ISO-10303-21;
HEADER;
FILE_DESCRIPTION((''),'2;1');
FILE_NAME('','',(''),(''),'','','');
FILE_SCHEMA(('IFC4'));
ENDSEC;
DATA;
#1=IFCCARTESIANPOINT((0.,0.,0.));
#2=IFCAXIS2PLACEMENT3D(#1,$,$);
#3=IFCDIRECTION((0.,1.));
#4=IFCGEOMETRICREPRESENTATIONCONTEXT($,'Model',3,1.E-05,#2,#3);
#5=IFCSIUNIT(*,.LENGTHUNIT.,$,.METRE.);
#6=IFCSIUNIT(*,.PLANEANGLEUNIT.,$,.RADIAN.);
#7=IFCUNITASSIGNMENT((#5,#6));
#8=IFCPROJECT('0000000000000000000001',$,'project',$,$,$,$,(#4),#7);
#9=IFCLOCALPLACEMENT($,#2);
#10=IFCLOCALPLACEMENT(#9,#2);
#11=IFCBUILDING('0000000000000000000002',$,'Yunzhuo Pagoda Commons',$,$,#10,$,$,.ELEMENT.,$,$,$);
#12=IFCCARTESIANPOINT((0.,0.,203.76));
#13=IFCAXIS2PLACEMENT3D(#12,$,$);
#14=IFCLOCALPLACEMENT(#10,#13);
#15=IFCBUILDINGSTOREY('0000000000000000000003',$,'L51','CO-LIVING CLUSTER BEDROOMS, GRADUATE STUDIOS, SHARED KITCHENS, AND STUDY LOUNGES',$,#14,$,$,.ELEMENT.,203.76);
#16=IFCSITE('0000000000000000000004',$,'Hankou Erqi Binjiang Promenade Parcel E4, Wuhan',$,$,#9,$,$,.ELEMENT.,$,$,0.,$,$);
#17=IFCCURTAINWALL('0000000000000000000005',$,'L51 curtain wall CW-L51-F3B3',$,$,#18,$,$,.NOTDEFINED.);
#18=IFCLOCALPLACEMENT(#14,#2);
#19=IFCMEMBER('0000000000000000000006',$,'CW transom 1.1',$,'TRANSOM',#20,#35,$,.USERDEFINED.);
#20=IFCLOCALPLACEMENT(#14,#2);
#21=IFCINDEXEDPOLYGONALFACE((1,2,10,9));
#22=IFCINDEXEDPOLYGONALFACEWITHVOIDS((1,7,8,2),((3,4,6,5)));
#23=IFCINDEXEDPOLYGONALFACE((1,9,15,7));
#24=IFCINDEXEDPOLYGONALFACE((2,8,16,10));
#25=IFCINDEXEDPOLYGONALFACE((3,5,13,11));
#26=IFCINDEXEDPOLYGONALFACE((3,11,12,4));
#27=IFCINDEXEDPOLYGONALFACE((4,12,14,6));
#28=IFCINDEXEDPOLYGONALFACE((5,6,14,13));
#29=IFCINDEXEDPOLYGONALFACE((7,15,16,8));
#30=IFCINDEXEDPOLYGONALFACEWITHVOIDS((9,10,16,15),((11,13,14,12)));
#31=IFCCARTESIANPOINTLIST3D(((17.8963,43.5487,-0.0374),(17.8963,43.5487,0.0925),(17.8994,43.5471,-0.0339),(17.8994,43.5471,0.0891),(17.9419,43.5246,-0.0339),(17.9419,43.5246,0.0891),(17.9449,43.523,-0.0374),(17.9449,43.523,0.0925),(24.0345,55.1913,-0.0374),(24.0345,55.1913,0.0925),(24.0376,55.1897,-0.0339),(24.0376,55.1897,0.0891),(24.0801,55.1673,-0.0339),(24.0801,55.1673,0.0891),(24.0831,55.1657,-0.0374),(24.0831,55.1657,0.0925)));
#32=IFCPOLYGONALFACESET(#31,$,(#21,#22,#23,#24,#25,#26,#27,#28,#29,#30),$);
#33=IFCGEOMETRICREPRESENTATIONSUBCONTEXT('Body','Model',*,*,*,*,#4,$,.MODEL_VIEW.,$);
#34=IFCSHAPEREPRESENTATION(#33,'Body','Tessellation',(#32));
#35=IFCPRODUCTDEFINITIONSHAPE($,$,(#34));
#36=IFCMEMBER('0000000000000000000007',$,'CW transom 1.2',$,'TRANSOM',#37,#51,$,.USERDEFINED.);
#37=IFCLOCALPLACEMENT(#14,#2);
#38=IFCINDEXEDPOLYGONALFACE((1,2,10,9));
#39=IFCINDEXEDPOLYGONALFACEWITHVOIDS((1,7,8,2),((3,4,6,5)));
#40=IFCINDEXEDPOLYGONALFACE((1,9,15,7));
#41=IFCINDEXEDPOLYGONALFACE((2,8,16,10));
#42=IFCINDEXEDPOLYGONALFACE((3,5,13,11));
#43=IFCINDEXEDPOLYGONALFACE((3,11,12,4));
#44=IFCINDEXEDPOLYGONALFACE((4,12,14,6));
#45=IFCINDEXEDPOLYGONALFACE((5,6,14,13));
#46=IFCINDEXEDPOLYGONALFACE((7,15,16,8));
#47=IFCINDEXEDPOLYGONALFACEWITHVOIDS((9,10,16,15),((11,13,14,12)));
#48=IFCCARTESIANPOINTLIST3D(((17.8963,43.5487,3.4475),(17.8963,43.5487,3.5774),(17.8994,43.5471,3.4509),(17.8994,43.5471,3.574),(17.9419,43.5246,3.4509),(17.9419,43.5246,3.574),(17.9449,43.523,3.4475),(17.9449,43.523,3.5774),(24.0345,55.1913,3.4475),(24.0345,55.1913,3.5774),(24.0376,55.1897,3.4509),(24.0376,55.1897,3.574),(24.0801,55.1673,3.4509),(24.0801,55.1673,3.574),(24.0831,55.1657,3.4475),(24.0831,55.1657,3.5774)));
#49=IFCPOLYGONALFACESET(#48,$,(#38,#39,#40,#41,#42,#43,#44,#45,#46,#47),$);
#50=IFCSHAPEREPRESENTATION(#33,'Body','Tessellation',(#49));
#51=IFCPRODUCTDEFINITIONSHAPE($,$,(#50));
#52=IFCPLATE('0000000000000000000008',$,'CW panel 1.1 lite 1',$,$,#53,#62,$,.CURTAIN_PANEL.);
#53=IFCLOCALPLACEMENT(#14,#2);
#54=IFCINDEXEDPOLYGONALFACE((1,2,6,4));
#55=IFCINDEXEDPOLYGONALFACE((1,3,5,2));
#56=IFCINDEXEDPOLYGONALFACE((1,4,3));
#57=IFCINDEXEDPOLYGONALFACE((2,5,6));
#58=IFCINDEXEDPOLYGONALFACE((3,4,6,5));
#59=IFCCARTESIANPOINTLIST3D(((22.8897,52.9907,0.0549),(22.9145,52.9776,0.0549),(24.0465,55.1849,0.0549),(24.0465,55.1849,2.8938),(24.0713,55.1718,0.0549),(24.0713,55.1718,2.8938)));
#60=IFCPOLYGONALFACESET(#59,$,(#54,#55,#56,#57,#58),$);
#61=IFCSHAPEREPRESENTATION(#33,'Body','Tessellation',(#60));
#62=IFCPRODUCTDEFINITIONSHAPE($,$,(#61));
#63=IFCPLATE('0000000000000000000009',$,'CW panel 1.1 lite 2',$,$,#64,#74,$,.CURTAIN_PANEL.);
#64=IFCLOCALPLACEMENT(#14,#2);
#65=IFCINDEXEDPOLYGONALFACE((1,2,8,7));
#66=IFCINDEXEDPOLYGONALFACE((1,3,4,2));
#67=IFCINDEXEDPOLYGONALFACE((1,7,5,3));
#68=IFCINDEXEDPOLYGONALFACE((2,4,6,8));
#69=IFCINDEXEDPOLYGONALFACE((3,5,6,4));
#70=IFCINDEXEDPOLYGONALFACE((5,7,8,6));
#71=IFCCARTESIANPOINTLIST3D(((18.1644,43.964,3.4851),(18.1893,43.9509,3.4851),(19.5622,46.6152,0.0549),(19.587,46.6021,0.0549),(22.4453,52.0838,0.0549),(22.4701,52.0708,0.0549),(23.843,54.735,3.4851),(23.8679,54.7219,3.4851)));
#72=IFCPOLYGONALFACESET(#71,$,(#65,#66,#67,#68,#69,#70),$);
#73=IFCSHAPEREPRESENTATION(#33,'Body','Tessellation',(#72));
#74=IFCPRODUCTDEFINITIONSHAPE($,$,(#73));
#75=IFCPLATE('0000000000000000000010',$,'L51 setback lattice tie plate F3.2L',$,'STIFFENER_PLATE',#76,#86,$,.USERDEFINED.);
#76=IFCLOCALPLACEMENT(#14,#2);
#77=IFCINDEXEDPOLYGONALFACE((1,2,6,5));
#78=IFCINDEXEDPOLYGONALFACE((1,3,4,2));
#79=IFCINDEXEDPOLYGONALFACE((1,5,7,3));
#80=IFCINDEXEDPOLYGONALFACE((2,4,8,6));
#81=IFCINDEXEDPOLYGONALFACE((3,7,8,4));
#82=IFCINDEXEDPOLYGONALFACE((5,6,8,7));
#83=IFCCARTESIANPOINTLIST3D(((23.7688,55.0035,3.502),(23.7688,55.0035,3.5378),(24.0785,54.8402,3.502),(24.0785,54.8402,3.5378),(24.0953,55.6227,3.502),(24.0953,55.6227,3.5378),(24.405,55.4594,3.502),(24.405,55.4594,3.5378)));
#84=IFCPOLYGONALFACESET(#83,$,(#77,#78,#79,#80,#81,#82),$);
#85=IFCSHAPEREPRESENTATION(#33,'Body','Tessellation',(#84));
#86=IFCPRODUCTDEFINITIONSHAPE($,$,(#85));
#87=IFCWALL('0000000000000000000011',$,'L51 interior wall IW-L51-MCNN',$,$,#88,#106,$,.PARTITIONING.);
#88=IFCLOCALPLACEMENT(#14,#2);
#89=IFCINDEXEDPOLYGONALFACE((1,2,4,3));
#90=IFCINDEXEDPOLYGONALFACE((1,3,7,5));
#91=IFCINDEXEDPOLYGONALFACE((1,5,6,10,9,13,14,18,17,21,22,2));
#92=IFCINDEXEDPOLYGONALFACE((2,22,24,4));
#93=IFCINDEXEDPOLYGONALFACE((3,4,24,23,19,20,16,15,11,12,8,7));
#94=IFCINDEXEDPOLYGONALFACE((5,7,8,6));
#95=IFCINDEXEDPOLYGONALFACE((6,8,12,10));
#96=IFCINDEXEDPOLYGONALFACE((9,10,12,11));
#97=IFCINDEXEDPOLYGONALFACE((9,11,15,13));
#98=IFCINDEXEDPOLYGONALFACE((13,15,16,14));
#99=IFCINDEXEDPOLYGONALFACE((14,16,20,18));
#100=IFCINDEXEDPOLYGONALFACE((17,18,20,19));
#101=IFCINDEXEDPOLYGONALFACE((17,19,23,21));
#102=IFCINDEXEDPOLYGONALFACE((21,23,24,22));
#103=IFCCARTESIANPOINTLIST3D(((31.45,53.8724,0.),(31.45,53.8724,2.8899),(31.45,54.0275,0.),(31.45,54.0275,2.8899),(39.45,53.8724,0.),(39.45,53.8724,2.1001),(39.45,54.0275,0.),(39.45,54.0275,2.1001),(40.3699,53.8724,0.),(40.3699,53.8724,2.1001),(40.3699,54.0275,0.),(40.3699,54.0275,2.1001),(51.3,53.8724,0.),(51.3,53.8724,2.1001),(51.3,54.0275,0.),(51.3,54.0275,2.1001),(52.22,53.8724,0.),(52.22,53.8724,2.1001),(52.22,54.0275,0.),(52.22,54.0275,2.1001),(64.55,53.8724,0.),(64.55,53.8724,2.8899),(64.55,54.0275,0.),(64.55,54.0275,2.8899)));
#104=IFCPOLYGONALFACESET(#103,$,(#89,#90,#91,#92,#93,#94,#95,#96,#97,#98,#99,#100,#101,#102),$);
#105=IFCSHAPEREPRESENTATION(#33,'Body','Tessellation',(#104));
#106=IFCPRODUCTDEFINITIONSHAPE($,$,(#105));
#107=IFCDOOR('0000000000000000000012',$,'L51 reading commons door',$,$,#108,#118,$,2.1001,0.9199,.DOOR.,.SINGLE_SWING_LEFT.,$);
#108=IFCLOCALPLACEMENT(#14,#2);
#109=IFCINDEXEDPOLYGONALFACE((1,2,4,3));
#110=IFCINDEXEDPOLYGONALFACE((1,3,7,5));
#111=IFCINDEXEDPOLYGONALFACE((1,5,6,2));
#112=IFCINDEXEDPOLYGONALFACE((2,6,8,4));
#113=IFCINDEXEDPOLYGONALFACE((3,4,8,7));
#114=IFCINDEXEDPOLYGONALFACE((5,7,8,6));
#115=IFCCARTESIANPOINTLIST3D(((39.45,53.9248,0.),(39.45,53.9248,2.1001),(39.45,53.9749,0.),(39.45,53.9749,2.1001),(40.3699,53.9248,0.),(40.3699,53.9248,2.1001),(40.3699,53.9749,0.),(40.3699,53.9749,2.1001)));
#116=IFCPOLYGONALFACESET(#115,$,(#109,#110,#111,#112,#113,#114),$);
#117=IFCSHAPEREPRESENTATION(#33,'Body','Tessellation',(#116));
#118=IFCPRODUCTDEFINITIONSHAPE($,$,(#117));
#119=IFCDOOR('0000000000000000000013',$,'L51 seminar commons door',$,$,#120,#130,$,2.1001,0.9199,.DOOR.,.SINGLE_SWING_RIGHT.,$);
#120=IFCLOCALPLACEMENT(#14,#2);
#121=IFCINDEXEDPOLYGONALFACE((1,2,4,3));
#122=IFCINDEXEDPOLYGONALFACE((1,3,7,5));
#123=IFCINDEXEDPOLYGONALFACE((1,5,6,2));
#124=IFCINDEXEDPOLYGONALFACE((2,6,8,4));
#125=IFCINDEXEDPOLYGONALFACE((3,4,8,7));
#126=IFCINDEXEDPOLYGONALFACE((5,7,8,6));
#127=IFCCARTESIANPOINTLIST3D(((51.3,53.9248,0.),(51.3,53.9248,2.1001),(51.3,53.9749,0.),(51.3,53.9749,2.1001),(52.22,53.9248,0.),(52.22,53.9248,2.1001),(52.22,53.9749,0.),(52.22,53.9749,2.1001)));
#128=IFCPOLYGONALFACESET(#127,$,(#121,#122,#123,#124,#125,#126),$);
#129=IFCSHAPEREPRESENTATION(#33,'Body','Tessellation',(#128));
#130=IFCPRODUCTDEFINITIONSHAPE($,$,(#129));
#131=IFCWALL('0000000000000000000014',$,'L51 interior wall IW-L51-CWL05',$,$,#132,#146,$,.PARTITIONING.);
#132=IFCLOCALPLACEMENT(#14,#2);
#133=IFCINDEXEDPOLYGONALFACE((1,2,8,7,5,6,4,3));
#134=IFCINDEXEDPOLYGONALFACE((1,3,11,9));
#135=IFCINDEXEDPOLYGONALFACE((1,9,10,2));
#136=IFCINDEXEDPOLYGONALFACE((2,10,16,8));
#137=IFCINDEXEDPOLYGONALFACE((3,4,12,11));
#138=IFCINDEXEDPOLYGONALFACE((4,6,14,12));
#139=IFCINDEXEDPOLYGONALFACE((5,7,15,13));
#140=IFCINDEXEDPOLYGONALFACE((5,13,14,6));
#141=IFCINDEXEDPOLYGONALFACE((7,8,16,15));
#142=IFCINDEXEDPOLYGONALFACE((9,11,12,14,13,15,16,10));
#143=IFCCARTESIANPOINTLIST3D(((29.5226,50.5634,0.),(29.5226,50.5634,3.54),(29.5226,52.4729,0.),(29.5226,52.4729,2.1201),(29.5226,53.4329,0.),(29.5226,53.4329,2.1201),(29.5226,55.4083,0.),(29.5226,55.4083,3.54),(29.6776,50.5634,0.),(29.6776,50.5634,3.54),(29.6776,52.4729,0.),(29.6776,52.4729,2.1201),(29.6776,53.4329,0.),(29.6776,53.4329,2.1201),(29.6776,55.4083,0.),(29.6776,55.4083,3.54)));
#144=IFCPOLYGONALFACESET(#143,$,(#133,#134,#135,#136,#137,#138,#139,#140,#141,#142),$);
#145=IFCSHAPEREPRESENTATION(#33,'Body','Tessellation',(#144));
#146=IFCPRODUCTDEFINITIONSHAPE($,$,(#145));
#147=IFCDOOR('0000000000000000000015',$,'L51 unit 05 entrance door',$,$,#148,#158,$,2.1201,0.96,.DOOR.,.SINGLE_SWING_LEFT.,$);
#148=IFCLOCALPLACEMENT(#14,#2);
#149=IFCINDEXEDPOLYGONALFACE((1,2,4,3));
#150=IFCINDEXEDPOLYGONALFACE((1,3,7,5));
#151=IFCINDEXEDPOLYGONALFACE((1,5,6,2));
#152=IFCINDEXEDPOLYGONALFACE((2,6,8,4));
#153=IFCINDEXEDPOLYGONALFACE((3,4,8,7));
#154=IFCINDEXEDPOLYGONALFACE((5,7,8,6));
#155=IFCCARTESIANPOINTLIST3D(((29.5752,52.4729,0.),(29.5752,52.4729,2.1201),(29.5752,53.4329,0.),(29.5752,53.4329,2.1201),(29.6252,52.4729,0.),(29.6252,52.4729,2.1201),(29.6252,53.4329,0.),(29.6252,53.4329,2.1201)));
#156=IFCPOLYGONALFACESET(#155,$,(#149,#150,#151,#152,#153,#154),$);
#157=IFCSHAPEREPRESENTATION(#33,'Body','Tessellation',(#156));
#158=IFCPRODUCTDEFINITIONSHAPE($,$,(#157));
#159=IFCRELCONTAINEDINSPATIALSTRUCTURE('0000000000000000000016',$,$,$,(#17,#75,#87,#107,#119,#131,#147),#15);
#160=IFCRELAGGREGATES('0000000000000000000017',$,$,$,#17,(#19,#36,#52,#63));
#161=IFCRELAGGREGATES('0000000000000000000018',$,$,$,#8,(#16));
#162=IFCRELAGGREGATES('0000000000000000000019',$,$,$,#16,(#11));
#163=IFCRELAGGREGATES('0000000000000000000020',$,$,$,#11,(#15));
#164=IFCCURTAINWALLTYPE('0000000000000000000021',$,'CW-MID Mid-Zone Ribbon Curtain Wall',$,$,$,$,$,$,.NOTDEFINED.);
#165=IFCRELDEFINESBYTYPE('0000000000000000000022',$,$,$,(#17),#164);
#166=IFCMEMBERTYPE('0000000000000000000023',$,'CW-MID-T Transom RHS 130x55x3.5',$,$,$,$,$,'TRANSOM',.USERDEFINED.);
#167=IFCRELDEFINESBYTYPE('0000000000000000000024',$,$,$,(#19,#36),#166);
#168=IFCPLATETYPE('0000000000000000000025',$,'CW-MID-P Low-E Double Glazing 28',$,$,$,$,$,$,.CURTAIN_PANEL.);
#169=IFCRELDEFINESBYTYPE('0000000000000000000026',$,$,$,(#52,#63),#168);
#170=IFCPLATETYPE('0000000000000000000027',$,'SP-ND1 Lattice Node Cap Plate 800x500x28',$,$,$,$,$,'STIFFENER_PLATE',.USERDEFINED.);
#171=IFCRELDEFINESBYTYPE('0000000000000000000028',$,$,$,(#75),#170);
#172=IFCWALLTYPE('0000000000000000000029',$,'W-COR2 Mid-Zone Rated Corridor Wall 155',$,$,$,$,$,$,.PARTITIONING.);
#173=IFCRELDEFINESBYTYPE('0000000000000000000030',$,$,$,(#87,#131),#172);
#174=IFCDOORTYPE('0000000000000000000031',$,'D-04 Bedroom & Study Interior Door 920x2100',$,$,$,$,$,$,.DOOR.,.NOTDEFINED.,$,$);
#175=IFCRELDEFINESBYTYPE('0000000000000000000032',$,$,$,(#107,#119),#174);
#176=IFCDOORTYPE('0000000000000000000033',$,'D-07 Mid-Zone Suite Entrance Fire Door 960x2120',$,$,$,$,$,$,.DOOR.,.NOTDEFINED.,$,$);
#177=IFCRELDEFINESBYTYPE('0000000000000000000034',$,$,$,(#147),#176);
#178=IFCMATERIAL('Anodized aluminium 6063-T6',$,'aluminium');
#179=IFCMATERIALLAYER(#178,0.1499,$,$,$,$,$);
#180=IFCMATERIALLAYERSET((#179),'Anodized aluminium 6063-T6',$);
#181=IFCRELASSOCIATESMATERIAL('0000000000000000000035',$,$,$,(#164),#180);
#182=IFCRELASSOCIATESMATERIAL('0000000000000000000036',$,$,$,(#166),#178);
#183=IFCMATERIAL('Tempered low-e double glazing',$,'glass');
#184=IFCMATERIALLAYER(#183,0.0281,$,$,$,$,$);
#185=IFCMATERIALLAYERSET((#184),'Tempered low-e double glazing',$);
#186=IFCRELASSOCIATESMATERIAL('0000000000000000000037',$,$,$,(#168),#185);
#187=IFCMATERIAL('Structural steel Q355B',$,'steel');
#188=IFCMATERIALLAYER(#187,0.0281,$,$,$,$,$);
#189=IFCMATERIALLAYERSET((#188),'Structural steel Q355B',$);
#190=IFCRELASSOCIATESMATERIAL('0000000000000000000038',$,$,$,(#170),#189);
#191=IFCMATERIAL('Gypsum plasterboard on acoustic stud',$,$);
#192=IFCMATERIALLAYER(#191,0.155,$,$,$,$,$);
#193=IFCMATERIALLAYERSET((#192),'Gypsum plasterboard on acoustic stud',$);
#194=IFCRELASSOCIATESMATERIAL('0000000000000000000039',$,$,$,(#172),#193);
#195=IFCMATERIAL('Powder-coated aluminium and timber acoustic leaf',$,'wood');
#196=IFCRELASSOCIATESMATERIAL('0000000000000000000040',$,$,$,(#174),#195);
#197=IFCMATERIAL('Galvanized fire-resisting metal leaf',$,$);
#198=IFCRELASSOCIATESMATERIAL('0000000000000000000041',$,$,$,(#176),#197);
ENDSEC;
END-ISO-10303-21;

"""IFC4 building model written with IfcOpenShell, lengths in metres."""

from ifc_helpers import new_model, si_unit, direction, frame, frame_2d, origin, origin_with_axes, origin_2d, place, context, subcontext, project, spatial, polyline, rectangle, hollow_rectangle, outline, extrude, source, transform, mapped, material, layer, layer_set, material_profile, profile_set, type_object, element, fill, aggregate, save


model = new_model("IFC4")

# Units and contexts
model_context = context("Model", 3, precision=1e-05, world=origin(), true_north=direction((0.0, 1.0)))
body_context = subcontext(model_context, "Body", "Model", "MODEL_VIEW")
ifc_project = project(units=[si_unit("LENGTHUNIT", "METRE"), si_unit("PLANEANGLEUNIT", "RADIAN")], contexts=[model_context])

# Site, building, storey
site_placement = place(None, origin())
site = spatial("IfcSite", under=ifc_project, at=site_placement, Name="Hankou Erqi Binjiang Promenade Parcel E4, Wuhan", CompositionType="ELEMENT", RefElevation=0.0)
building_placement = place(site_placement, origin())
building = spatial("IfcBuilding", under=site, at=building_placement, Name="Yunzhuo Pagoda Commons", CompositionType="ELEMENT")
storey_placement = place(building_placement, frame((0.0, 0.0, 203.76)))
storey = spatial("IfcBuildingStorey", under=building, at=storey_placement, Name="L51", Description="CO-LIVING CLUSTER BEDROOMS, GRADUATE STUDIOS, SHARED KITCHENS, AND STUDY LOUNGES", CompositionType="ELEMENT", Elevation=203.76)

# Shared definitions
ifc_material_1 = material(Name="Structural steel Q355B", Category="steel")

# Shared definitions
ifc_material_2 = material(Name="Anodized aluminium 6063-T6", Category="aluminium")
ifc_layer_1 = layer(ifc_material_2, 0.1499)
ifc_layer_set_1 = layer_set([ifc_layer_1], Name="Anodized aluminium 6063-T6")
curtain_wall_type = type_object("IfcCurtainWallType", Name="CW-MID Mid-Zone Ribbon Curtain Wall", PredefinedType="NOTDEFINED", material=ifc_layer_set_1)

# Curtain wall, members, plates
curtain_wall_1_placement = place(storey_placement, origin())
curtain_wall_1 = element("IfcCurtainWall", 1, at=curtain_wall_1_placement, inside=storey, type_object=curtain_wall_type, Name="L51 curtain wall CW-L51-F3B3", PredefinedType="NOTDEFINED")
ifc_material_profile_1 = material_profile(ifc_material_2, hollow_rectangle(XDim=0.0549, YDim=0.1299, WallThickness=0.0034, at=origin_2d()), Name="Anodized aluminium 6063-T6")
ifc_profile_set_1 = profile_set([ifc_material_profile_1], Name="Anodized aluminium 6063-T6")
member_type_1 = type_object("IfcMemberType", Name="CW-MID-T Transom RHS 130x55x3.5", ElementType="TRANSOM", PredefinedType="USERDEFINED", material=ifc_profile_set_1)
shared_shape_1 = source(origin(), body_context, "Body", "SweptSolid", [
    extrude(hollow_rectangle(XDim=0.0549, YDim=0.1299, WallThickness=0.0034, at=origin_2d()), origin(), (0.0, 0.0, 1.0), 13.1616),
])
member_1_placement = place(storey_placement, frame((24.0588, 55.1785, 0.0276), z_axis=(-0.466372, -0.884589, 0.0), x_axis=(0.884589, -0.466372, 0.0)))
member_1 = element("IfcMember", 2, at=member_1_placement, type_object=member_type_1, Name="CW transom 1.1", ObjectType="TRANSOM", PredefinedType="USERDEFINED", context=body_context, shape_type="MappedRepresentation", body=[
    mapped(shared_shape_1, transform((0.0, 0.0, 0.0), scale=1.0)),
])
member_2_placement = place(storey_placement, frame((24.0588, 55.1785, 3.5125), z_axis=(-0.466372, -0.884589, 0.0), x_axis=(0.884589, -0.466372, 0.0)))
member_2 = element("IfcMember", 3, at=member_2_placement, type_object=member_type_1, Name="CW transom 1.2", ObjectType="TRANSOM", PredefinedType="USERDEFINED", context=body_context, shape_type="MappedRepresentation", body=[
    mapped(shared_shape_1, transform((0.0, 0.0, 0.0), scale=1.0)),
])
ifc_material_3 = material(Name="Tempered low-e double glazing", Category="glass")
ifc_layer_2 = layer(ifc_material_3, 0.0281)
ifc_layer_set_2 = layer_set([ifc_layer_2], Name="Tempered low-e double glazing")
plate_type_1 = type_object("IfcPlateType", Name="CW-MID-P Low-E Double Glazing 28", PredefinedType="CURTAIN_PANEL", material=ifc_layer_set_2)
plate_1_placement = place(storey_placement, frame((23.4929, 54.0747, 1.4744), z_axis=(-0.884592, 0.466366, 0.0), x_axis=(-0.466366, -0.884592, 0.0)))
plate_1 = element("IfcPlate", 4, at=plate_1_placement, type_object=plate_type_1, Name="CW panel 1.1 lite 1", PredefinedType="CURTAIN_PANEL", context=body_context, shape_type="SweptSolid", body=[
    extrude(outline(polyline([(-1.2402, -1.4194), (1.2402, -1.4194), (-1.2402, 1.4194), (-1.2402, -1.4194)])), origin(), (0.0, 0.0, 1.0), 0.0281),
])
plate_2_placement = place(storey_placement, frame((21.0286, 49.3364, 1.77), z_axis=(-0.884592, 0.466366, 0.0), x_axis=(-0.466366, -0.884592, 0.0)))
plate_2 = element("IfcPlate", 5, at=plate_2_placement, type_object=plate_type_1, Name="CW panel 1.1 lite 2", PredefinedType="CURTAIN_PANEL", context=body_context, shape_type="SweptSolid", body=[
    extrude(outline(polyline([(-6.0881, 1.7151), (-3.0911, -1.7151), (3.0911, -1.7151), (6.0881, 1.7151), (-6.0881, 1.7151)])), origin(), (0.0, 0.0, 1.0), 0.0281),
])
aggregate(curtain_wall_1, [member_1, member_2, plate_1, plate_2])

# Plate
ifc_layer_3 = layer(ifc_material_1, 0.0281)
ifc_layer_set_3 = layer_set([ifc_layer_3], Name="Structural steel Q355B")
plate_type_2 = type_object("IfcPlateType", Name="SP-ND1 Lattice Node Cap Plate 800x500x28", ElementType="STIFFENER_PLATE", PredefinedType="USERDEFINED", material=ifc_layer_set_3)
shared_shape_2 = source(origin(), body_context, "Body", "SweptSolid", [
    extrude(rectangle(XDim=0.7, YDim=0.3501, at=origin_2d()), origin(), (0.0, 0.0, 1.0), 0.0359),
])
plate_3_placement = place(storey_placement, frame((24.0869, 55.2314, 3.502), z_axis=(0.0, 0.0, 1.0), x_axis=(-0.466371, -0.884589, 0.0)))
element("IfcPlate", 6, at=plate_3_placement, inside=storey, type_object=plate_type_2, Name="L51 setback lattice tie plate F3.2L", ObjectType="STIFFENER_PLATE", PredefinedType="USERDEFINED", context=body_context, shape_type="MappedRepresentation", body=[
    mapped(shared_shape_2, transform((0.0, 0.0, 0.0), scale=1.0)),
])

# Wall, openings, doors
ifc_material_4 = material(Name="Gypsum plasterboard on acoustic stud")
ifc_layer_4 = layer(ifc_material_4, 0.155)
ifc_layer_set_4 = layer_set([ifc_layer_4], Name="Gypsum plasterboard on acoustic stud")
wall_type_1 = type_object("IfcWallType", Name="W-COR2 Mid-Zone Rated Corridor Wall 155", PredefinedType="PARTITIONING", material=ifc_layer_set_4)
wall_1_placement = place(storey_placement, frame((31.45, 53.95, 0.0), z_axis=(0.0, 0.0, 1.0), x_axis=(1.0, 0.0, 0.0)))
wall_1 = element("IfcWall", 7, at=wall_1_placement, inside=storey, type_object=wall_type_1, Name="L51 interior wall IW-L51-MCNN", PredefinedType="PARTITIONING", context=body_context, shape_type="SweptSolid", body=[
    extrude(rectangle(XDim=33.1001, YDim=0.155, at=frame_2d((16.55, 0.0))), origin(), (0.0, 0.0, 1.0), 2.8899),
])
opening_1_placement = place(wall_1_placement, frame((8.0, 0.0, 0.0)))
opening_1 = element("IfcOpeningElement", 8, at=opening_1_placement, cuts=wall_1, PredefinedType="OPENING", context=body_context, shape_type="SweptSolid", body=[
    extrude(rectangle(XDim=0.9199, YDim=2.1001, at=frame_2d((0.46, 1.05))), frame((0.0, 0.0874, 0.0), z_axis=(0.0, -1.0, 0.0), x_axis=(1.0, 0.0, 0.0)), (0.0, 0.0, 1.0), 0.175),
])
opening_2_placement = place(wall_1_placement, frame((19.8501, 0.0, 0.0)))
opening_2 = element("IfcOpeningElement", 9, at=opening_2_placement, cuts=wall_1, PredefinedType="OPENING", context=body_context, shape_type="SweptSolid", body=[
    extrude(rectangle(XDim=0.9199, YDim=2.1001, at=frame_2d((0.46, 1.05))), frame((0.0, 0.0874, 0.0), z_axis=(0.0, -1.0, 0.0), x_axis=(1.0, 0.0, 0.0)), (0.0, 0.0, 1.0), 0.175),
])
ifc_material_5 = material(Name="Powder-coated aluminium and timber acoustic leaf", Category="wood")
door_type_1 = type_object("IfcDoorType", Name="D-04 Bedroom & Study Interior Door 920x2100", OperationType="NOTDEFINED", PredefinedType="DOOR", material=ifc_material_5)
shared_shape_3 = source(origin(), body_context, "Body", "SweptSolid", [
    extrude(rectangle(XDim=0.9199, YDim=2.1001, at=frame_2d((0.46, 1.05))), frame((0.0, 0.0249, 0.0), z_axis=(0.0, -1.0, 0.0), x_axis=(1.0, 0.0, 0.0)), (0.0, 0.0, 1.0), 0.05),
])
door_1_placement = place(opening_1_placement, origin_with_axes())
door_1 = element("IfcDoor", 10, at=door_1_placement, inside=storey, type_object=door_type_1, Name="L51 reading commons door", OperationType="SINGLE_SWING_LEFT", OverallHeight=2.1001, OverallWidth=0.9199, PredefinedType="DOOR", context=body_context, shape_type="MappedRepresentation", body=[
    mapped(shared_shape_3, transform((0.0, 0.0, 0.0), scale=1.0)),
])
fill(opening_1, door_1)
door_2_placement = place(opening_2_placement, origin_with_axes())
door_2 = element("IfcDoor", 11, at=door_2_placement, inside=storey, type_object=door_type_1, Name="L51 seminar commons door", OperationType="SINGLE_SWING_RIGHT", OverallHeight=2.1001, OverallWidth=0.9199, PredefinedType="DOOR", context=body_context, shape_type="MappedRepresentation", body=[
    mapped(shared_shape_3, transform((0.0, 0.0, 0.0), scale=1.0)),
])
fill(opening_2, door_2)

# Wall, opening, door
wall_2_placement = place(storey_placement, frame((29.6001, 50.5635, 0.0), z_axis=(0.0, 0.0, 1.0), x_axis=(0.0, 1.0, 0.0)))
wall_2 = element("IfcWall", 12, at=wall_2_placement, inside=storey, type_object=wall_type_1, Name="L51 interior wall IW-L51-CWL05", PredefinedType="PARTITIONING", context=body_context, shape_type="SweptSolid", body=[
    extrude(rectangle(XDim=4.845, YDim=0.155, at=frame_2d((2.4224, 0.0))), origin(), (0.0, 0.0, 1.0), 3.54),
])
opening_3_placement = place(wall_2_placement, frame((1.9094, 0.0, 0.0)))
opening_3 = element("IfcOpeningElement", 13, at=opening_3_placement, cuts=wall_2, PredefinedType="OPENING", context=body_context, shape_type="SweptSolid", body=[
    extrude(rectangle(XDim=0.96, YDim=2.1201, at=frame_2d((0.48, 1.0601))), frame((0.0, 0.0874, 0.0), z_axis=(0.0, -1.0, 0.0), x_axis=(1.0, 0.0, 0.0)), (0.0, 0.0, 1.0), 0.175),
])
ifc_material_6 = material(Name="Galvanized fire-resisting metal leaf")
door_type_2 = type_object("IfcDoorType", Name="D-07 Mid-Zone Suite Entrance Fire Door 960x2120", OperationType="NOTDEFINED", PredefinedType="DOOR", material=ifc_material_6)
shared_shape_4 = source(origin(), body_context, "Body", "SweptSolid", [
    extrude(rectangle(XDim=0.96, YDim=2.1201, at=frame_2d((0.48, 1.0601))), frame((0.0, 0.0249, 0.0), z_axis=(0.0, -1.0, 0.0), x_axis=(1.0, 0.0, 0.0)), (0.0, 0.0, 1.0), 0.05),
])
door_3_placement = place(opening_3_placement, origin_with_axes())
door_3 = element("IfcDoor", 14, at=door_3_placement, inside=storey, type_object=door_type_2, Name="L51 unit 05 entrance door", OperationType="SINGLE_SWING_LEFT", OverallHeight=2.1201, OverallWidth=0.96, PredefinedType="DOOR", context=body_context, shape_type="MappedRepresentation", body=[
    mapped(shared_shape_4, transform((0.0, 0.0, 0.0), scale=1.0)),
])
fill(opening_3, door_3)

save(model, "model.ifc")
